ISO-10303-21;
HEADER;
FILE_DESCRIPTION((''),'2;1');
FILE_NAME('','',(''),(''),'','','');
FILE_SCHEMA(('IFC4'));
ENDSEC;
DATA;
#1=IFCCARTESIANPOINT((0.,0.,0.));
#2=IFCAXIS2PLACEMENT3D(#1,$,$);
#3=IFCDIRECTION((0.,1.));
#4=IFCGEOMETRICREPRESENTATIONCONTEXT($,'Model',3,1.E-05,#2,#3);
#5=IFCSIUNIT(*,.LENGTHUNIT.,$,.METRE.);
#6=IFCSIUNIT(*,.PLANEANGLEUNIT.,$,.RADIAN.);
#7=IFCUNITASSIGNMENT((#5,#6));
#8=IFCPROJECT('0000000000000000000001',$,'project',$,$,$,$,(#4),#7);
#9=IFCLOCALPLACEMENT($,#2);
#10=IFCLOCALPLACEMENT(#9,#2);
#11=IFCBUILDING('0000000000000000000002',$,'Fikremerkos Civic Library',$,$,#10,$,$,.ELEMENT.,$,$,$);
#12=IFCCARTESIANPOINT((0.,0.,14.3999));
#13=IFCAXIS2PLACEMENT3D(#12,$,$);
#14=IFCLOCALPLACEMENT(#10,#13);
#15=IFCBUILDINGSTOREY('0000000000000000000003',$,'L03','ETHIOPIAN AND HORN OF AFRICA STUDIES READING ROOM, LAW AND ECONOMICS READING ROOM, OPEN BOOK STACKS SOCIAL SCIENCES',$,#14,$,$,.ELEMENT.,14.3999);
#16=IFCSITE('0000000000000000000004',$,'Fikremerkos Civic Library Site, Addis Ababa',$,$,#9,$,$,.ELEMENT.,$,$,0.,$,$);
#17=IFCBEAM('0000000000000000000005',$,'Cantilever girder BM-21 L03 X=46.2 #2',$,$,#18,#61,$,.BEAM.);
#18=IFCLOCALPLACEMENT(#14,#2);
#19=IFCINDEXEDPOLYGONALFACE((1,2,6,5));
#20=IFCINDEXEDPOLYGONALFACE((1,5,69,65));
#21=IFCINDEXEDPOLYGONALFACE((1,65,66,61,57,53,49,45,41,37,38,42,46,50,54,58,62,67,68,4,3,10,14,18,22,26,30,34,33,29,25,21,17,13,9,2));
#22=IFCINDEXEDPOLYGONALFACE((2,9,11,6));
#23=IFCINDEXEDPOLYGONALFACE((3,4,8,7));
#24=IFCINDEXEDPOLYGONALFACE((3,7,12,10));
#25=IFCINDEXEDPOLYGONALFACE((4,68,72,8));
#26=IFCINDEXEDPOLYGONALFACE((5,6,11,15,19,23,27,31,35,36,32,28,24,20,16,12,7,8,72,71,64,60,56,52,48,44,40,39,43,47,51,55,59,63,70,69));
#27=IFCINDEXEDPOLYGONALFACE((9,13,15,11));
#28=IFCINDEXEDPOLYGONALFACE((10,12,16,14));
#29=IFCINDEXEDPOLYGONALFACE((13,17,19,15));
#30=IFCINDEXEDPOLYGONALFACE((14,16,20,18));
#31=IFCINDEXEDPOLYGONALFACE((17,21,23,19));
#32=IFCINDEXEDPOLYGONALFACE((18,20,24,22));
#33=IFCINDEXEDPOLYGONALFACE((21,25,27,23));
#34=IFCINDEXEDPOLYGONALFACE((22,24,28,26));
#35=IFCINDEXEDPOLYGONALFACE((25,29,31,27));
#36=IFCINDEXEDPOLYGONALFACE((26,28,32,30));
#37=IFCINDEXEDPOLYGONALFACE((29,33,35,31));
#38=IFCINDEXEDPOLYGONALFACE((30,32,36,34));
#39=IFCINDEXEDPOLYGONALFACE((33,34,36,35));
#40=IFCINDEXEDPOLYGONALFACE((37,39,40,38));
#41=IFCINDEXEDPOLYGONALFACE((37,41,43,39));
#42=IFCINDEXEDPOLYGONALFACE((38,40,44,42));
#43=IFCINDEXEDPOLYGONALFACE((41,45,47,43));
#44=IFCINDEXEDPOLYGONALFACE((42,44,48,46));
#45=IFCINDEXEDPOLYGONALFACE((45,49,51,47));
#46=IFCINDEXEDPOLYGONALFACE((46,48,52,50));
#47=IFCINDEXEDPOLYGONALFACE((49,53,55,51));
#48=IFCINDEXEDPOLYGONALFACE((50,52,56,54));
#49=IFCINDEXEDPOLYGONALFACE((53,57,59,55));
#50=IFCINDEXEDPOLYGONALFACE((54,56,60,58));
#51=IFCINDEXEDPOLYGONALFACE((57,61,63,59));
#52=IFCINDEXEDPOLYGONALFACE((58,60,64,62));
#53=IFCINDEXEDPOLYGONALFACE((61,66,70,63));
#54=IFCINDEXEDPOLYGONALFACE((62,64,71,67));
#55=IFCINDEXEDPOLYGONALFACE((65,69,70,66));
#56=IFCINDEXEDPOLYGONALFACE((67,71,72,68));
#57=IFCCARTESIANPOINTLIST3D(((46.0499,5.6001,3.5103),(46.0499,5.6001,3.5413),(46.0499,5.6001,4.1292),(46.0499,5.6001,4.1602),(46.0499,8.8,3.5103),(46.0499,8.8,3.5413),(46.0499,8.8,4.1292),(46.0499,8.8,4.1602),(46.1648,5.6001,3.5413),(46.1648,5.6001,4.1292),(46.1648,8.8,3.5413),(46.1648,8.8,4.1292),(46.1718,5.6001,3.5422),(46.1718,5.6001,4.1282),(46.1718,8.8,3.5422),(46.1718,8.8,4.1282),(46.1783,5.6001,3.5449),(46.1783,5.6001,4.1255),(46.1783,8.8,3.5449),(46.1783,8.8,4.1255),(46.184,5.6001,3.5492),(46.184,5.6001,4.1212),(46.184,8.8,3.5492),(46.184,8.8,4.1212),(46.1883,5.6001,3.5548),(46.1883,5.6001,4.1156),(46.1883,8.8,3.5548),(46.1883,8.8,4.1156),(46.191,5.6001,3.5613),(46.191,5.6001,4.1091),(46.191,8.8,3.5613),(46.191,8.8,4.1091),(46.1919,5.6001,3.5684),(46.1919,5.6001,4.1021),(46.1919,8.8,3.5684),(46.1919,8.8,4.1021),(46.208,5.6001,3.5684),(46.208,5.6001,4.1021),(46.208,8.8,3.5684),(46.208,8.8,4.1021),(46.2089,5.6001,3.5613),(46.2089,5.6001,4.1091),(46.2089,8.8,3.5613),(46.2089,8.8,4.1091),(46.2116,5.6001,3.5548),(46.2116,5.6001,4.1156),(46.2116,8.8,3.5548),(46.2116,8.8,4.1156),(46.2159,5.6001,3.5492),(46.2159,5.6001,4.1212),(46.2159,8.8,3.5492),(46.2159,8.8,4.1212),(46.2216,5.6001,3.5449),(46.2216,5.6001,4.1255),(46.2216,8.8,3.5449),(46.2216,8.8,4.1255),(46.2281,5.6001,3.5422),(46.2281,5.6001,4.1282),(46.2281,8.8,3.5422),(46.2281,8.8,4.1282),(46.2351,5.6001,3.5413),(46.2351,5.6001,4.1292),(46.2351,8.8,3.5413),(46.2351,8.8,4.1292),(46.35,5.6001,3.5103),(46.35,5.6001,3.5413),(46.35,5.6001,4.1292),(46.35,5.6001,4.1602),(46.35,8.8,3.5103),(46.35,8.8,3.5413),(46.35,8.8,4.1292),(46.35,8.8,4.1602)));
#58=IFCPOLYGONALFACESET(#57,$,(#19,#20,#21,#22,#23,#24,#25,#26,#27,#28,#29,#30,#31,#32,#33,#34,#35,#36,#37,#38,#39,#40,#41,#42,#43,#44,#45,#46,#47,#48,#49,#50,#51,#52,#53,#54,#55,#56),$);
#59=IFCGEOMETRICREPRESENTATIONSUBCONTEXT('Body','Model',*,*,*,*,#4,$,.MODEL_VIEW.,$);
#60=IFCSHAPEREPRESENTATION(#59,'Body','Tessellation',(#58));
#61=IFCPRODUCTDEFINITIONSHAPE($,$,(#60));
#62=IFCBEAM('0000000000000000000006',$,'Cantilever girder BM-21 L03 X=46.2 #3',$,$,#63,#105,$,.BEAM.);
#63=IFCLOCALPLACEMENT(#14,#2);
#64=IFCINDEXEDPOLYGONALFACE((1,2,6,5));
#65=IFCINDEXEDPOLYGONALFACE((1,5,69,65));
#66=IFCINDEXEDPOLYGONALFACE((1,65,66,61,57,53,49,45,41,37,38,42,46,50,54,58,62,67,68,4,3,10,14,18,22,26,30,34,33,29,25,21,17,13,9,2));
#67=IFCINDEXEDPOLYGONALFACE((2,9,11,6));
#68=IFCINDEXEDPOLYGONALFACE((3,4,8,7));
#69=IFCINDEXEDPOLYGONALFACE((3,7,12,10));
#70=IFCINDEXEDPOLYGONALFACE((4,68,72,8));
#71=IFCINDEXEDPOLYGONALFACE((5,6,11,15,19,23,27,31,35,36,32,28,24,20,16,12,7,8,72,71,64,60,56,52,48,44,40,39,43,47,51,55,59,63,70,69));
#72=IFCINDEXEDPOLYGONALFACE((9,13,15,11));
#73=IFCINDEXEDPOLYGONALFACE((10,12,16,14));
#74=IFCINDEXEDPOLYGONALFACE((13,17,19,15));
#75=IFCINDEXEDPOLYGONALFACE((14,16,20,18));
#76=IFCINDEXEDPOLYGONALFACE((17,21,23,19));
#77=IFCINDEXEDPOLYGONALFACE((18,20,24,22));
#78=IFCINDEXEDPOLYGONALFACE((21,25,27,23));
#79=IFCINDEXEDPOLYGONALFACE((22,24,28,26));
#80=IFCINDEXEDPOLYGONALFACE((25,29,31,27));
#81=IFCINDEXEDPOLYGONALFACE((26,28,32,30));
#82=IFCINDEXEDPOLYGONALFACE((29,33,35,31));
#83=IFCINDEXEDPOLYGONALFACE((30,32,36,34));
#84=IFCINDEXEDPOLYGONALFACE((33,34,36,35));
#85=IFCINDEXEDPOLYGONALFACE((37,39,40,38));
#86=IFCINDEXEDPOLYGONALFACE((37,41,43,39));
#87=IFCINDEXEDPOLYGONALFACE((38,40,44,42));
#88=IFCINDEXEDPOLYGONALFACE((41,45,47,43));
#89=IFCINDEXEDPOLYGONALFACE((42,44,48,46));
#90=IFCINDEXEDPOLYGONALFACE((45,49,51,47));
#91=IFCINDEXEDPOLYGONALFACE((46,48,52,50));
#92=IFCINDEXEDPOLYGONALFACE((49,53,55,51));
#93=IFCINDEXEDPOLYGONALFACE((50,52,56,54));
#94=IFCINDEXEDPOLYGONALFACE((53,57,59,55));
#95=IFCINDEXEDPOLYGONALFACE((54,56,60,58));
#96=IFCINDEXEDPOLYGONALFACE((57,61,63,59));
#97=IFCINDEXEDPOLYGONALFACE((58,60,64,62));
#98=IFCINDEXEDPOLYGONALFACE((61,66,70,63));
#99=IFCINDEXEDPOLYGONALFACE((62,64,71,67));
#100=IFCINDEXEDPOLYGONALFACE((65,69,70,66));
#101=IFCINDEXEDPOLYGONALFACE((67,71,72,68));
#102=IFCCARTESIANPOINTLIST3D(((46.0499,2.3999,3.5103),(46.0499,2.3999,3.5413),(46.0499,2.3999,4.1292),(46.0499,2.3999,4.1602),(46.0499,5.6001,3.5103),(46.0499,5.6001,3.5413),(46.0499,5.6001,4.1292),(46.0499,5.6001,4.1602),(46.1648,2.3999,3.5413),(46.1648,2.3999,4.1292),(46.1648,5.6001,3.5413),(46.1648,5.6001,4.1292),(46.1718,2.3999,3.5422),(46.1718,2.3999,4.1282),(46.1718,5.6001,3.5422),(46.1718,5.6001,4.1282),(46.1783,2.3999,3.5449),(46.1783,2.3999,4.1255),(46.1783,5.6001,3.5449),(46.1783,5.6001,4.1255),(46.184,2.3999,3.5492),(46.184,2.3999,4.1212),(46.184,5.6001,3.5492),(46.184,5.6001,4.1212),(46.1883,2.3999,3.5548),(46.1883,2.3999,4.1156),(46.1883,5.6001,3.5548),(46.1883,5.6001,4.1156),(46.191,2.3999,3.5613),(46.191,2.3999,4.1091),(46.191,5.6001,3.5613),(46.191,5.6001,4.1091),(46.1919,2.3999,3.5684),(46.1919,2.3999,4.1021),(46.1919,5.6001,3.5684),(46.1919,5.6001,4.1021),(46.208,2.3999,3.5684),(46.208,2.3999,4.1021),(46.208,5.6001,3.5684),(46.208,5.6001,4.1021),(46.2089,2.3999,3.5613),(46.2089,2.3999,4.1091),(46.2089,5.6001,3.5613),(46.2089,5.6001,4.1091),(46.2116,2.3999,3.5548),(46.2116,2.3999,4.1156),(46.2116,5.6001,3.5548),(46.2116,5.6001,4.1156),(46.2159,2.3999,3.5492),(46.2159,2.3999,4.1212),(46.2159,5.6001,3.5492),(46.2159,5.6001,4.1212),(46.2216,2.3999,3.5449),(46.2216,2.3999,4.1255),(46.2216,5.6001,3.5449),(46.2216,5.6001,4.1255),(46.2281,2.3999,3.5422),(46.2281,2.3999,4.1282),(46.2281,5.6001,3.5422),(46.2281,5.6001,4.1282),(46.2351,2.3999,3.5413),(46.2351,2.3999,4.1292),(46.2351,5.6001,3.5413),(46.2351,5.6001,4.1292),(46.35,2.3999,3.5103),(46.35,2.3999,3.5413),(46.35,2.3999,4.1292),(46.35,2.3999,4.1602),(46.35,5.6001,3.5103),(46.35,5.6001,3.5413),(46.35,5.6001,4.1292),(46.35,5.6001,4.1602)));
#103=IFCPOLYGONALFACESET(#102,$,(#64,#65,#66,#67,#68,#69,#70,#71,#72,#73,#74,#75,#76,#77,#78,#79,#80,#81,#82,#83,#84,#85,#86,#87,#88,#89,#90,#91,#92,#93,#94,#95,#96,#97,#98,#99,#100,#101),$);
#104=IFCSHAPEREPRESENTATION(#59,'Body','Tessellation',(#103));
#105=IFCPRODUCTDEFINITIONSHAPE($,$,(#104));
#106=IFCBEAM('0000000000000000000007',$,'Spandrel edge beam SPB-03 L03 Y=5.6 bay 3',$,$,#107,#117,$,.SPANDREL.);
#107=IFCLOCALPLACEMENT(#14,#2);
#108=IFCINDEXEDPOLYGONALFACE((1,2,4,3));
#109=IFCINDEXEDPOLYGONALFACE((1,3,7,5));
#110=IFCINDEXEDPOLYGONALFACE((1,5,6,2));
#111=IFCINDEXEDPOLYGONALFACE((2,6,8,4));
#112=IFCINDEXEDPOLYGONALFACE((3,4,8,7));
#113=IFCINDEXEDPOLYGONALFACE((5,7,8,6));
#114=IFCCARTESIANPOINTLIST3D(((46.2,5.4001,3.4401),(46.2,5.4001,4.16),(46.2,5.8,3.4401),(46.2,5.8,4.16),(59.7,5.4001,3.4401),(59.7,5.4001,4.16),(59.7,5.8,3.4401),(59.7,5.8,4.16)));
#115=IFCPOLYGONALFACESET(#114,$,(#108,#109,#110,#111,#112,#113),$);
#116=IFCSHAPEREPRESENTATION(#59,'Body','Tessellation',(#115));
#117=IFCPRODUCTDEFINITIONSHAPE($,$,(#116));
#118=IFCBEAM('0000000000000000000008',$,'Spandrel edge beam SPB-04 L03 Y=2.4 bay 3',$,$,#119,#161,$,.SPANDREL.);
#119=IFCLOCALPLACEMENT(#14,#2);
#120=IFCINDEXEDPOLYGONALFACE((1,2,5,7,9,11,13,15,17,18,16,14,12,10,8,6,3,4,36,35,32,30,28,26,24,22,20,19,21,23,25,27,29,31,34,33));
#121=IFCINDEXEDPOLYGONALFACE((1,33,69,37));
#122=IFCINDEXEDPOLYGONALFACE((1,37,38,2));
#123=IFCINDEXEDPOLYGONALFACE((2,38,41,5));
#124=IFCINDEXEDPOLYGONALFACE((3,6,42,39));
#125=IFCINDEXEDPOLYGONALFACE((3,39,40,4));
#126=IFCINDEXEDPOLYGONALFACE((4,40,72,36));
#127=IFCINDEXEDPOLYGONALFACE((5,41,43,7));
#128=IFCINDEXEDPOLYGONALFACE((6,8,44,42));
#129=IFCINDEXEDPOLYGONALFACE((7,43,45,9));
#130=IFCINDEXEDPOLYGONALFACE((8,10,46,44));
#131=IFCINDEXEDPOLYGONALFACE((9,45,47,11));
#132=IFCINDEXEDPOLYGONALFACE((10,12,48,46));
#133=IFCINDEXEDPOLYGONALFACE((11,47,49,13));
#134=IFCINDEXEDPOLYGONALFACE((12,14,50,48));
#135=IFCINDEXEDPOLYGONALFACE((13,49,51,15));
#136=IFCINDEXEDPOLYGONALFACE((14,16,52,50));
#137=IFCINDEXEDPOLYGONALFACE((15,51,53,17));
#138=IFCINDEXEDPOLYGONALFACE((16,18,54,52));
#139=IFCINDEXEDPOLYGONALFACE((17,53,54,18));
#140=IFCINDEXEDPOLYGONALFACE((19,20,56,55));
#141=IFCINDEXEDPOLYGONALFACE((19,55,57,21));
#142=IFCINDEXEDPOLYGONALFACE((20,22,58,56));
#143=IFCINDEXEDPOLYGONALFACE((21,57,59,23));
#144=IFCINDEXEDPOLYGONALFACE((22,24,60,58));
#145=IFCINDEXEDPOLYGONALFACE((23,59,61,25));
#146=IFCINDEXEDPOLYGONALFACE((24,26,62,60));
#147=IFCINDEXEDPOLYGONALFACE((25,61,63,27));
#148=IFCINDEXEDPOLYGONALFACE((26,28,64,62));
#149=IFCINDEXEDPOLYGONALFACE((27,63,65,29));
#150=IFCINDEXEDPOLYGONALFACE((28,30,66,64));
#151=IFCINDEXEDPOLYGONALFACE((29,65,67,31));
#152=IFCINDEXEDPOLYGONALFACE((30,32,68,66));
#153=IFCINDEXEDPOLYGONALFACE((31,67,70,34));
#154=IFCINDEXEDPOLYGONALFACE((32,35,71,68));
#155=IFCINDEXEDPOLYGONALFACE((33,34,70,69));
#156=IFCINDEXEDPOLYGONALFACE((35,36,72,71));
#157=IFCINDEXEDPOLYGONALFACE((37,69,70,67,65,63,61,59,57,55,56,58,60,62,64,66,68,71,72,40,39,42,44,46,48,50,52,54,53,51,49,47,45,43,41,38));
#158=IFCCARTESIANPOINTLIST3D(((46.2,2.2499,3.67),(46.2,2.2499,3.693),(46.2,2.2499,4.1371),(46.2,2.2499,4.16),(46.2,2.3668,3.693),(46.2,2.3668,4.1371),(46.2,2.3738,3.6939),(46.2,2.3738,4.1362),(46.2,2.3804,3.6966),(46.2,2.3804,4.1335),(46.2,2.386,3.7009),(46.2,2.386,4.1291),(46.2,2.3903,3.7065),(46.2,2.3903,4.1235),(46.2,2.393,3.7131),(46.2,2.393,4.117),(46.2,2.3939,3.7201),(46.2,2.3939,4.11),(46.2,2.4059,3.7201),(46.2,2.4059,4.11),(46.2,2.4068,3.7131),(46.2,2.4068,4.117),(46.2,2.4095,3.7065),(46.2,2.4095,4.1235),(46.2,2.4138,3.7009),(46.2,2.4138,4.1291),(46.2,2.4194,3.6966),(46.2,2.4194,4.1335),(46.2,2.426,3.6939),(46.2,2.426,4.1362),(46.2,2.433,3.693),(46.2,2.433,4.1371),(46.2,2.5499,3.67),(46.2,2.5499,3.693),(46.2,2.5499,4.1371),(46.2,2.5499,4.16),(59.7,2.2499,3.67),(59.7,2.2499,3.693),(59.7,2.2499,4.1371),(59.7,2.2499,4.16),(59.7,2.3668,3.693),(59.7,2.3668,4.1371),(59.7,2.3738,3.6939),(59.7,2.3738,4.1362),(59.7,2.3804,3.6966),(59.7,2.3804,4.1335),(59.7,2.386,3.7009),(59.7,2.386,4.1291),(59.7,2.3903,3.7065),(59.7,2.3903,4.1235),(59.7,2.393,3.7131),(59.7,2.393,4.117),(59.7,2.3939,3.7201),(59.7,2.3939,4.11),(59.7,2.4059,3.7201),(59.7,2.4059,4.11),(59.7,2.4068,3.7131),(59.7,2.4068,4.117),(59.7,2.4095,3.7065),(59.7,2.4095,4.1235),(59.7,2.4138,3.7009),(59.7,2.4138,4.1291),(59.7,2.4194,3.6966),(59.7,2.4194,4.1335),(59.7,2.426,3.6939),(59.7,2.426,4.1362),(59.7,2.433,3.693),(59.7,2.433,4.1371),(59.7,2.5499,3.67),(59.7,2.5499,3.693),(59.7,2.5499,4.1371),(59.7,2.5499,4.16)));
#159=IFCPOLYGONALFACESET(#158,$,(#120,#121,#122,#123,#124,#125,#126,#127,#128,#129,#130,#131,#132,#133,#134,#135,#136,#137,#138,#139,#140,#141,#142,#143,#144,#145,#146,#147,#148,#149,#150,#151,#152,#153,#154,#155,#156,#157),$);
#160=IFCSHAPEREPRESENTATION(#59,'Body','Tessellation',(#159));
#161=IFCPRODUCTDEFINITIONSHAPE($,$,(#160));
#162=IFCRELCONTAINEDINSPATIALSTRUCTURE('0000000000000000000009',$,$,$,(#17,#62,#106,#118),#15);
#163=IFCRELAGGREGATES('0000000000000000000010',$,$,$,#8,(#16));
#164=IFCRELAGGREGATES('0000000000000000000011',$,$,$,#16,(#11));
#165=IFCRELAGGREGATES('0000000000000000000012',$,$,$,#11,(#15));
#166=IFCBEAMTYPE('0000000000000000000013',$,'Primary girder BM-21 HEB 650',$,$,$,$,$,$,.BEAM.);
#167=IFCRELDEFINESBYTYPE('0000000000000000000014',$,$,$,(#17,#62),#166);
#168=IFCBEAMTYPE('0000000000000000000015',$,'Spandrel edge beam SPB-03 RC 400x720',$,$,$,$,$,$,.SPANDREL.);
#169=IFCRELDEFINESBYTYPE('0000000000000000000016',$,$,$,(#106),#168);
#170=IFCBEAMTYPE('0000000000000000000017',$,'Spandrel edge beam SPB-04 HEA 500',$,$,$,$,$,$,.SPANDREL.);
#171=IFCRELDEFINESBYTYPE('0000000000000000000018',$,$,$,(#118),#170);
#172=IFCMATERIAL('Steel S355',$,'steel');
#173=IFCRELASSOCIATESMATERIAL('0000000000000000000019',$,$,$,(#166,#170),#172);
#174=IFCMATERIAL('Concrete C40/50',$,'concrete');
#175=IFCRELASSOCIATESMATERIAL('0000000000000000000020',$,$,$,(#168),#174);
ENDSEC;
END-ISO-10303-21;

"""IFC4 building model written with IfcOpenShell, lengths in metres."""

from ifc_helpers import new_model, si_unit, direction, frame, origin, origin_2d, place, context, subcontext, project, spatial, rectangle, i_section, extrude, material, material_profile, profile_set, type_object, element, save


model = new_model("IFC4")

# Units and contexts
model_context = context("Model", 3, precision=1e-05, world=origin(), true_north=direction((0.0, 1.0)))
body_context = subcontext(model_context, "Body", "Model", "MODEL_VIEW")
ifc_project = project(units=[si_unit("LENGTHUNIT", "METRE"), si_unit("PLANEANGLEUNIT", "RADIAN")], contexts=[model_context])

# Site, building, storey
site_placement = place(None, origin())
site = spatial("IfcSite", under=ifc_project, at=site_placement, Name="Fikremerkos Civic Library Site, Addis Ababa", CompositionType="ELEMENT", RefElevation=0.0)
building_placement = place(site_placement, origin())
building = spatial("IfcBuilding", under=site, at=building_placement, Name="Fikremerkos Civic Library", CompositionType="ELEMENT")
storey_placement = place(building_placement, frame((0.0, 0.0, 14.3999)))
storey = spatial("IfcBuildingStorey", under=building, at=storey_placement, Name="L03", Description="ETHIOPIAN AND HORN OF AFRICA STUDIES READING ROOM, LAW AND ECONOMICS READING ROOM, OPEN BOOK STACKS SOCIAL SCIENCES", CompositionType="ELEMENT", Elevation=14.3999)

# Shared definitions
ifc_material_1 = material(Name="Concrete C40/50", Category="concrete")

# Shared definitions
ifc_material_2 = material(Name="Steel S355", Category="steel")

# Beams
ifc_material_profile_1 = material_profile(ifc_material_2, i_section(OverallWidth=0.3, OverallDepth=0.6499, WebThickness=0.0161, FlangeThickness=0.031, FilletRadius=0.0271, at=origin_2d()), Name="HEB 650")
ifc_profile_set_1 = profile_set([ifc_material_profile_1], Name="Steel S355")
beam_type_1 = type_object("IfcBeamType", Name="Primary girder BM-21 HEB 650", PredefinedType="BEAM", material=ifc_profile_set_1)
for number, where, z_axis, x_axis, name in (
    (1, (46.2, 8.8, 3.8352), (0.0, -1.0, 0.0), (1.0, 0.0, 0.0), "Cantilever girder BM-21 L03 X=46.2 #2"),
):
    element("IfcBeam", number, at=place(storey_placement, frame(where, z_axis=z_axis, x_axis=x_axis)), inside=storey, type_object=beam_type_1, Name=name, PredefinedType="BEAM", context=body_context, shape_type="SweptSolid", body=[
        extrude(i_section(OverallWidth=0.3, OverallDepth=0.6499, WebThickness=0.0161, FlangeThickness=0.031, FilletRadius=0.0271, at=origin_2d()), origin(), (0.0, 0.0, 1.0), 3.2),
    ])
beam_1_placement = place(storey_placement, frame((46.2, 5.6001, 3.8352), z_axis=(0.0, -1.0, 0.0), x_axis=(1.0, 0.0, 0.0)))
element("IfcBeam", 2, at=beam_1_placement, inside=storey, type_object=beam_type_1, Name="Cantilever girder BM-21 L03 X=46.2 #3", PredefinedType="BEAM", context=body_context, shape_type="SweptSolid", body=[
    extrude(i_section(OverallWidth=0.3, OverallDepth=0.6499, WebThickness=0.0161, FlangeThickness=0.031, FilletRadius=0.0271, at=origin_2d()), origin(), (0.0, 0.0, 1.0), 3.2002),
])
ifc_material_profile_2 = material_profile(ifc_material_1, rectangle(XDim=0.3999, YDim=0.72, at=origin_2d()), Name="RC 400x720")
ifc_profile_set_2 = profile_set([ifc_material_profile_2], Name="Concrete C40/50")
beam_type_2 = type_object("IfcBeamType", Name="Spandrel edge beam SPB-03 RC 400x720", PredefinedType="SPANDREL", material=ifc_profile_set_2)
beam_2_placement = place(storey_placement, frame((46.2, 5.6001, 3.8), z_axis=(1.0, 0.0, 0.0), x_axis=(0.0, 1.0, 0.0)))
element("IfcBeam", 3, at=beam_2_placement, inside=storey, type_object=beam_type_2, Name="Spandrel edge beam SPB-03 L03 Y=5.6 bay 3", PredefinedType="SPANDREL", context=body_context, shape_type="SweptSolid", body=[
    extrude(rectangle(XDim=0.3999, YDim=0.72, at=origin_2d()), origin(), (0.0, 0.0, 1.0), 13.5),
])
ifc_material_profile_3 = material_profile(ifc_material_2, i_section(OverallWidth=0.3, OverallDepth=0.49, WebThickness=0.012, FlangeThickness=0.0229, FilletRadius=0.0271, at=origin_2d()), Name="HEA 500")
ifc_profile_set_3 = profile_set([ifc_material_profile_3], Name="Steel S355")
beam_type_3 = type_object("IfcBeamType", Name="Spandrel edge beam SPB-04 HEA 500", PredefinedType="SPANDREL", material=ifc_profile_set_3)
beam_3_placement = place(storey_placement, frame((46.2, 2.3999, 3.915), z_axis=(1.0, 0.0, 0.0), x_axis=(0.0, 1.0, 0.0)))
element("IfcBeam", 4, at=beam_3_placement, inside=storey, type_object=beam_type_3, Name="Spandrel edge beam SPB-04 L03 Y=2.4 bay 3", PredefinedType="SPANDREL", context=body_context, shape_type="SweptSolid", body=[
    extrude(i_section(OverallWidth=0.3, OverallDepth=0.49, WebThickness=0.012, FlangeThickness=0.0229, FilletRadius=0.0271, at=origin_2d()), origin(), (0.0, 0.0, 1.0), 13.5),
])

save(model, "model.ifc")
